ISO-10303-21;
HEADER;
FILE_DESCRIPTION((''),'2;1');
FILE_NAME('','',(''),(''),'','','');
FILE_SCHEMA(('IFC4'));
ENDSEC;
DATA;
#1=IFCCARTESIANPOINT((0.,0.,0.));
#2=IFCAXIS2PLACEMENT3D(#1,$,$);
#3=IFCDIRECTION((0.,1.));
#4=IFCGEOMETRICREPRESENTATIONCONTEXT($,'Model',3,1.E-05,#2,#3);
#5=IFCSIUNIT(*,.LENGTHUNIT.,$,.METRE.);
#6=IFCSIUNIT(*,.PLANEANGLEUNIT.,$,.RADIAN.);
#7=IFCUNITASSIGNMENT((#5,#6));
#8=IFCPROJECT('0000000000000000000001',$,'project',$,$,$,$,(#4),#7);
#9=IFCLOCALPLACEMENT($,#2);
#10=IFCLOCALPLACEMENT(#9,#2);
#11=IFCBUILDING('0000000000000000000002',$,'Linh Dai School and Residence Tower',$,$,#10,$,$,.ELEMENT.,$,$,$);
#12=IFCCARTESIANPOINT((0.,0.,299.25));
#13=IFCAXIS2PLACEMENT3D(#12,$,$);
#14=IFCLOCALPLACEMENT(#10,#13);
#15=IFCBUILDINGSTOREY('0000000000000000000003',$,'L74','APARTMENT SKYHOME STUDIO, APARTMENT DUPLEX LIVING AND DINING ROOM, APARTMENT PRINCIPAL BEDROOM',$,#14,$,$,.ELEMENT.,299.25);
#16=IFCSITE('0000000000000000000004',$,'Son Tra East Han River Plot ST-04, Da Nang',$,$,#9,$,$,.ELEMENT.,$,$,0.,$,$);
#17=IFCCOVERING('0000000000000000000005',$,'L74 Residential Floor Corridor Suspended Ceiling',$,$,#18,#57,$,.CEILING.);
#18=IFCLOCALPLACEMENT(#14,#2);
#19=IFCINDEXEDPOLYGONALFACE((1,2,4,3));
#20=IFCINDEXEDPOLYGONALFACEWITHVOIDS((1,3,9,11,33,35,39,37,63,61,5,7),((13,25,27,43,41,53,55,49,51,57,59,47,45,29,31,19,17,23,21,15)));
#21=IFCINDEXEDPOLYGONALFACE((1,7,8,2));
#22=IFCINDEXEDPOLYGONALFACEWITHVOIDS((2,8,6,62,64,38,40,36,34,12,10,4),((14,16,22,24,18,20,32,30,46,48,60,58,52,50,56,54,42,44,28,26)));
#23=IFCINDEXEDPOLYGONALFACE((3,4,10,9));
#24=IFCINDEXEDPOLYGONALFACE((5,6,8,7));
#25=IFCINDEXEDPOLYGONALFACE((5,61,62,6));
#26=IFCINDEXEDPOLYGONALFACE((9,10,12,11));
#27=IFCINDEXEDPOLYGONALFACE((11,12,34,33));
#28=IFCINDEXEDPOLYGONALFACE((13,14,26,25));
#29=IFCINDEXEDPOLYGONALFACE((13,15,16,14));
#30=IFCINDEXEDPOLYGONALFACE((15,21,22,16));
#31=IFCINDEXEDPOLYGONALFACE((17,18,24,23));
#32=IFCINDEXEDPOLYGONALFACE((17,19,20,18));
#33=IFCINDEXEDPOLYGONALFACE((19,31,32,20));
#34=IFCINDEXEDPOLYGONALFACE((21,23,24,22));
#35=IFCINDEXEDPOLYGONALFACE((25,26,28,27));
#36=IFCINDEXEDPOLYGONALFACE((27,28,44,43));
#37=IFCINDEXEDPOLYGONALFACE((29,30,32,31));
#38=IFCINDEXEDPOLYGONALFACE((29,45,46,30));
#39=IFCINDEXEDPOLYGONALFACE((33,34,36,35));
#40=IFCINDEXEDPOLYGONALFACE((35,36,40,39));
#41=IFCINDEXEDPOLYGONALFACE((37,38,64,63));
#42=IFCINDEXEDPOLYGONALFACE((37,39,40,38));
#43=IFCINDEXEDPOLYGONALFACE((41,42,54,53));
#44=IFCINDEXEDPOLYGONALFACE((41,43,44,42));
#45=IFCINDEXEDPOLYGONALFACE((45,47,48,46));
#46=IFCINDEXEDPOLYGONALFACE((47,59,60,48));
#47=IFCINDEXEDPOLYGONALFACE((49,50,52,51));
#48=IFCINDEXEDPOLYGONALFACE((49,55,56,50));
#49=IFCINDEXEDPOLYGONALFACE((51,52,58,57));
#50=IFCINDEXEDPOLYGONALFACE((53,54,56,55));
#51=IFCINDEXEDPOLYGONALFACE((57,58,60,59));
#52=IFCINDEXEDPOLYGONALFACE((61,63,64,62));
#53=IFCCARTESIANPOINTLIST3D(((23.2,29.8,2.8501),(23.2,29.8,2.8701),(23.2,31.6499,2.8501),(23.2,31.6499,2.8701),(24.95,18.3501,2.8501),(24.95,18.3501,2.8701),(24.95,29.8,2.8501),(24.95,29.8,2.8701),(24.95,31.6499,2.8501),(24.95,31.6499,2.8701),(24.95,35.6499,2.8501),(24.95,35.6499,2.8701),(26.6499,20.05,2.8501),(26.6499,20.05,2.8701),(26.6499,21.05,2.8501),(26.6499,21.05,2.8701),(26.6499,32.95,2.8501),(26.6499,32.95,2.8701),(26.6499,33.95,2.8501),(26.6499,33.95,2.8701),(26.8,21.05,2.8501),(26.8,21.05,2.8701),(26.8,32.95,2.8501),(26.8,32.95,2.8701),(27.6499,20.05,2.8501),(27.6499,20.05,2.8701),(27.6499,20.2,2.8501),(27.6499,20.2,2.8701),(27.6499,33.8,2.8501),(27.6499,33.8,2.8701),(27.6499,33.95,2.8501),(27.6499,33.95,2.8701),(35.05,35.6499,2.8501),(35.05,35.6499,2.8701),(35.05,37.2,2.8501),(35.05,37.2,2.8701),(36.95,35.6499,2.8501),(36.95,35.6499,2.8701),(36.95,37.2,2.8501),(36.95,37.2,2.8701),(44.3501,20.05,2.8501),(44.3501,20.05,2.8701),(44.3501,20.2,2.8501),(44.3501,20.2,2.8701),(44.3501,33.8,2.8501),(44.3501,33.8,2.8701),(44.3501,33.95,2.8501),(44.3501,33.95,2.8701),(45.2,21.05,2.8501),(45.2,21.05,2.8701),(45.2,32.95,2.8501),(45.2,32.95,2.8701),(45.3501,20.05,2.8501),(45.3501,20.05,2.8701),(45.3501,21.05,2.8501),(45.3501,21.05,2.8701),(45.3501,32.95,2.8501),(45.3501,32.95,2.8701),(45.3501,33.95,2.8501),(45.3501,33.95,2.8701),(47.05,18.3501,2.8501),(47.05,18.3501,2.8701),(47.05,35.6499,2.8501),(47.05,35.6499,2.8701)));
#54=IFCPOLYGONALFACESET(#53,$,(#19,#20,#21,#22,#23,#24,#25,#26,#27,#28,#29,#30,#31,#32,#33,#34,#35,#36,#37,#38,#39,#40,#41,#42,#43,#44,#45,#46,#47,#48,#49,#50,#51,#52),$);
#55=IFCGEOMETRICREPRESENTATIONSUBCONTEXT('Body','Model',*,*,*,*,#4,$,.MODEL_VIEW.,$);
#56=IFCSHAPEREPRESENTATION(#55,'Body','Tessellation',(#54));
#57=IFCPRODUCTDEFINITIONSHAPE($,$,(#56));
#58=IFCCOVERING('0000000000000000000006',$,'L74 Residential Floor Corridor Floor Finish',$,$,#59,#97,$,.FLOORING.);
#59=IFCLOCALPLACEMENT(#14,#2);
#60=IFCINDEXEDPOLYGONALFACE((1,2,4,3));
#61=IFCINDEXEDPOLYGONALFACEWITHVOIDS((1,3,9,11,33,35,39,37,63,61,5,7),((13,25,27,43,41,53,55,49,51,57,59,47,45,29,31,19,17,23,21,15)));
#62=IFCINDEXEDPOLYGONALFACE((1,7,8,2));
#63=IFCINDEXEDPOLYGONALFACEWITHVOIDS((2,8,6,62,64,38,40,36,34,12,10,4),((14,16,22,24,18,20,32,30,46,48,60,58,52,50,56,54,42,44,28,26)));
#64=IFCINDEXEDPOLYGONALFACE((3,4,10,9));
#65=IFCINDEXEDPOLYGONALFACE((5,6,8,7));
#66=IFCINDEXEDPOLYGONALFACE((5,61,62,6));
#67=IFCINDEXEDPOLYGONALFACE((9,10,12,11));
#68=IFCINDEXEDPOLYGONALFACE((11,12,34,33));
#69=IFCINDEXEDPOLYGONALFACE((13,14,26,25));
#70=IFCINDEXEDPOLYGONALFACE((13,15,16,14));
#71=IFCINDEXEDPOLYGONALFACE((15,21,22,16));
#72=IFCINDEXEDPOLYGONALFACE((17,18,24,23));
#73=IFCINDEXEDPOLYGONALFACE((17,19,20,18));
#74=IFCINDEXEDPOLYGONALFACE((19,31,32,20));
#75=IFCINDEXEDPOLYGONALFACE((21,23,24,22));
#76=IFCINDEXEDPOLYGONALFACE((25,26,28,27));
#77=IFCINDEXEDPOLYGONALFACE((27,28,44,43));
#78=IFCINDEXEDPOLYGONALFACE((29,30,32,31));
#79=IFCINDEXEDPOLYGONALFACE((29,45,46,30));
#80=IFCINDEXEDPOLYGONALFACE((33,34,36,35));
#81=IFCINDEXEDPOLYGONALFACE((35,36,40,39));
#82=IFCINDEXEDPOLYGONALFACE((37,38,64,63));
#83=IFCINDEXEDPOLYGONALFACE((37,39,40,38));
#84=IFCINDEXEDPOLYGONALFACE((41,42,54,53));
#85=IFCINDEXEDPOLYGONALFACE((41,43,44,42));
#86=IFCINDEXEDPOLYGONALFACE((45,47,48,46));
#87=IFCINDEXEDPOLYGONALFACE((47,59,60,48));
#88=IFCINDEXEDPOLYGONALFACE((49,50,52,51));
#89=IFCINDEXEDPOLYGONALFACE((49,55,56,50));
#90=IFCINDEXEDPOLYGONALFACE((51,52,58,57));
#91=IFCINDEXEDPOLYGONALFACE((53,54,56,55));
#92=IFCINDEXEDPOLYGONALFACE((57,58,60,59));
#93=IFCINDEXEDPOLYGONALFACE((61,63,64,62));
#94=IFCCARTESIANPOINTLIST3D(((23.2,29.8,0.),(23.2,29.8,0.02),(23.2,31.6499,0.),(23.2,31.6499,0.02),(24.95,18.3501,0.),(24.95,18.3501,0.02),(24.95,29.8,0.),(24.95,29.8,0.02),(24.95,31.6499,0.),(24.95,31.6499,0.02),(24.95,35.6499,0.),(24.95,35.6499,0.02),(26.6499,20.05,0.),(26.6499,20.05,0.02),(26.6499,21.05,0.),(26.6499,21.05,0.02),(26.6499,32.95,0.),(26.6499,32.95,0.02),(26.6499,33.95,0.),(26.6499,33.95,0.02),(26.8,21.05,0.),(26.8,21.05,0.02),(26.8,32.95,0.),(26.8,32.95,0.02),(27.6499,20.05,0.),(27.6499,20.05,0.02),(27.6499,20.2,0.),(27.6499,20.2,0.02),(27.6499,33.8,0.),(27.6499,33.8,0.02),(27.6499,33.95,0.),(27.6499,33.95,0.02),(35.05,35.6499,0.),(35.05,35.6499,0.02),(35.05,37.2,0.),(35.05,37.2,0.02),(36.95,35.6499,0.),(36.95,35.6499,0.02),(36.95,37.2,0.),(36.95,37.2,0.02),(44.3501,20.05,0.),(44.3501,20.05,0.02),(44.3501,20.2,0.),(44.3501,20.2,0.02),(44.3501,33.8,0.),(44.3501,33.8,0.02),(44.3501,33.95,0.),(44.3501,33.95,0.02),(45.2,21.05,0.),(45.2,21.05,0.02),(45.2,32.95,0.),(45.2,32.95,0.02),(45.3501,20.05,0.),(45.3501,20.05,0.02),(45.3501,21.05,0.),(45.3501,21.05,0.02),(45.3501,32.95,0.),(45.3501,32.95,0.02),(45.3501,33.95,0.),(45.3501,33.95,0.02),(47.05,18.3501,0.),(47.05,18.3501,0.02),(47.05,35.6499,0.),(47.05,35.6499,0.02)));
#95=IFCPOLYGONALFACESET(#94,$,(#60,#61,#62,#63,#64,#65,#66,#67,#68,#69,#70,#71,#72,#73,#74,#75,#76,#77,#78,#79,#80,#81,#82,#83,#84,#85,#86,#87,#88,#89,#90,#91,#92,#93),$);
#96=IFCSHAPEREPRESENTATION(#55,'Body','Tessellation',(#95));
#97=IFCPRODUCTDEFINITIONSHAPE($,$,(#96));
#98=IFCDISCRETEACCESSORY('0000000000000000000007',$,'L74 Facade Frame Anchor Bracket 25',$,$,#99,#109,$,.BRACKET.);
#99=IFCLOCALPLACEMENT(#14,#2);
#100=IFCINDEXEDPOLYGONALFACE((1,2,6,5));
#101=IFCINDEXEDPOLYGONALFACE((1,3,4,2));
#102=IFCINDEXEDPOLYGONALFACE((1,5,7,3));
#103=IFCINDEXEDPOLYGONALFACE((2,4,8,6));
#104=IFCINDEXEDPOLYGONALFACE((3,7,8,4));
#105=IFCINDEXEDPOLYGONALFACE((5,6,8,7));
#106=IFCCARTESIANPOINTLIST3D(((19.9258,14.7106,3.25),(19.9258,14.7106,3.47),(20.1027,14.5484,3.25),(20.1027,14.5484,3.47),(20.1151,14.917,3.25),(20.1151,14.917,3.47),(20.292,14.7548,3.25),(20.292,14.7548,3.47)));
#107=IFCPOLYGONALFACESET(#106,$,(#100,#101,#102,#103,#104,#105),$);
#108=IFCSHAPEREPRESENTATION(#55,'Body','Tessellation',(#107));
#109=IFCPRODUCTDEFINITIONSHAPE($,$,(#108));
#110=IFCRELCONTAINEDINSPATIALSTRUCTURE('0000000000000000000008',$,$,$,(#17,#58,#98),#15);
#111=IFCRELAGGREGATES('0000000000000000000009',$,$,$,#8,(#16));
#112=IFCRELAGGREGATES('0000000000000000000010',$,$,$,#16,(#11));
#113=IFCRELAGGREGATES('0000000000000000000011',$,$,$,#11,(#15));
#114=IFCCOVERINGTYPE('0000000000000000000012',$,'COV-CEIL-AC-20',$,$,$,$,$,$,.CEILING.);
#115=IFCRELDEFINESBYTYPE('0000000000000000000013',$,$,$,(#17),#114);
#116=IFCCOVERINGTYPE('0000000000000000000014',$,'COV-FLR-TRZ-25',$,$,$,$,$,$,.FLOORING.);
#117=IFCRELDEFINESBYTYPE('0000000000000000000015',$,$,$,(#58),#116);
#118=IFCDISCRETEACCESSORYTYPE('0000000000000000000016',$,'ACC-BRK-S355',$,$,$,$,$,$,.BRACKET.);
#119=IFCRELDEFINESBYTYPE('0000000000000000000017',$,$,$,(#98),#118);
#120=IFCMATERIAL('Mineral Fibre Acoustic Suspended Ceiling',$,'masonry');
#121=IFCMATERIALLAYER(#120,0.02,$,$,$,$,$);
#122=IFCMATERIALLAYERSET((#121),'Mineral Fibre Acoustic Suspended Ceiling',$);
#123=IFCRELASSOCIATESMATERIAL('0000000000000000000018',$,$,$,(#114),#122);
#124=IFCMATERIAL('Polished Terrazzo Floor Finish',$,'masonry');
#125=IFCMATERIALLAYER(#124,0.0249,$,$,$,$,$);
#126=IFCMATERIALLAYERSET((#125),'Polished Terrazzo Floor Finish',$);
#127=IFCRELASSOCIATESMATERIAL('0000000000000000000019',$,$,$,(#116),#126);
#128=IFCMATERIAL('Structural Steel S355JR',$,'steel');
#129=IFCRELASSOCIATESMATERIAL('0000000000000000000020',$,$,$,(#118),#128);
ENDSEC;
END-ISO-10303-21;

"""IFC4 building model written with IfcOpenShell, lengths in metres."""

from ifc_helpers import new_model, si_unit, direction, frame, origin, origin_2d, place, context, subcontext, project, spatial, polyline, rectangle, outline, extrude, source, transform, mapped, material, layer, layer_set, type_object, element, save


model = new_model("IFC4")

# Units and contexts
model_context = context("Model", 3, precision=1e-05, world=origin(), true_north=direction((0.0, 1.0)))
body_context = subcontext(model_context, "Body", "Model", "MODEL_VIEW")
ifc_project = project(units=[si_unit("LENGTHUNIT", "METRE"), si_unit("PLANEANGLEUNIT", "RADIAN")], contexts=[model_context])

# Site, building, storey
site_placement = place(None, origin())
site = spatial("IfcSite", under=ifc_project, at=site_placement, Name="Son Tra East Han River Plot ST-04, Da Nang", CompositionType="ELEMENT", RefElevation=0.0)
building_placement = place(site_placement, origin())
building = spatial("IfcBuilding", under=site, at=building_placement, Name="Linh Dai School and Residence Tower", CompositionType="ELEMENT")
storey_placement = place(building_placement, frame((0.0, 0.0, 299.25)))
storey = spatial("IfcBuildingStorey", under=building, at=storey_placement, Name="L74", Description="APARTMENT SKYHOME STUDIO, APARTMENT DUPLEX LIVING AND DINING ROOM, APARTMENT PRINCIPAL BEDROOM", CompositionType="ELEMENT", Elevation=299.25)

# Shared definitions
ifc_material_1 = material(Name="Structural Steel S355JR", Category="steel")

# Coverings
ifc_material_2 = material(Name="Mineral Fibre Acoustic Suspended Ceiling", Category="masonry")
ifc_layer_1 = layer(ifc_material_2, 0.02)
ifc_layer_set_1 = layer_set([ifc_layer_1], Name="Mineral Fibre Acoustic Suspended Ceiling")
covering_type_1 = type_object("IfcCoveringType", Name="COV-CEIL-AC-20", PredefinedType="CEILING", material=ifc_layer_set_1)
covering_1_placement = place(storey_placement, frame((0.0, 0.0, 2.8501)))
element("IfcCovering", 1, at=covering_1_placement, inside=storey, type_object=covering_type_1, Name="L74 Residential Floor Corridor Suspended Ceiling", PredefinedType="CEILING", context=body_context, shape_type="SweptSolid", body=[
    extrude(outline(polyline([(23.2, 31.6499), (24.95, 31.6499), (24.95, 35.6499), (35.05, 35.6499), (35.05, 37.2), (36.95, 37.2), (36.95, 35.6499), (47.05, 35.6499), (47.05, 18.3501), (24.95, 18.3501), (24.95, 29.8), (23.2, 29.8), (23.2, 31.6499)]), holes=[polyline([(27.6499, 33.8), (27.6499, 33.95), (26.6499, 33.95), (26.6499, 32.95), (26.8, 32.95), (26.8, 21.05), (26.6499, 21.05), (26.6499, 20.05), (27.6499, 20.05), (27.6499, 20.2), (44.3501, 20.2), (44.3501, 20.05), (45.3501, 20.05), (45.3501, 21.05), (45.2, 21.05), (45.2, 32.95), (45.3501, 32.95), (45.3501, 33.95), (44.3501, 33.95), (44.3501, 33.8), (27.6499, 33.8)])]), origin(), (0.0, 0.0, 1.0), 0.02),
])
ifc_material_3 = material(Name="Polished Terrazzo Floor Finish", Category="masonry")
ifc_layer_2 = layer(ifc_material_3, 0.0249)
ifc_layer_set_2 = layer_set([ifc_layer_2], Name="Polished Terrazzo Floor Finish")
covering_type_2 = type_object("IfcCoveringType", Name="COV-FLR-TRZ-25", PredefinedType="FLOORING", material=ifc_layer_set_2)
covering_2_placement = place(storey_placement, origin())
element("IfcCovering", 2, at=covering_2_placement, inside=storey, type_object=covering_type_2, Name="L74 Residential Floor Corridor Floor Finish", PredefinedType="FLOORING", context=body_context, shape_type="SweptSolid", body=[
    extrude(outline(polyline([(23.2, 31.6499), (24.95, 31.6499), (24.95, 35.6499), (35.05, 35.6499), (35.05, 37.2), (36.95, 37.2), (36.95, 35.6499), (47.05, 35.6499), (47.05, 18.3501), (24.95, 18.3501), (24.95, 29.8), (23.2, 29.8), (23.2, 31.6499)]), holes=[polyline([(27.6499, 33.8), (27.6499, 33.95), (26.6499, 33.95), (26.6499, 32.95), (26.8, 32.95), (26.8, 21.05), (26.6499, 21.05), (26.6499, 20.05), (27.6499, 20.05), (27.6499, 20.2), (44.3501, 20.2), (44.3501, 20.05), (45.3501, 20.05), (45.3501, 21.05), (45.2, 21.05), (45.2, 32.95), (45.3501, 32.95), (45.3501, 33.95), (44.3501, 33.95), (44.3501, 33.8), (27.6499, 33.8)])]), origin(), (0.0, 0.0, 1.0), 0.02),
])

# Discrete accessory
discrete_accessory_type = type_object("IfcDiscreteAccessoryType", Name="ACC-BRK-S355", PredefinedType="BRACKET", material=ifc_material_1)
shared_shape_1 = source(origin(), body_context, "Body", "SweptSolid", [
    extrude(rectangle(XDim=0.28, YDim=0.24, at=origin_2d()), origin(), (0.0, 0.0, 1.0), 0.22),
])
discrete_accessory_placement = place(storey_placement, frame((20.1089, 14.7327, 3.25), z_axis=(0.0, 0.0, 1.0), x_axis=(-0.675779, -0.737104, 0.0)))
element("IfcDiscreteAccessory", 3, at=discrete_accessory_placement, inside=storey, type_object=discrete_accessory_type, Name="L74 Facade Frame Anchor Bracket 25", PredefinedType="BRACKET", context=body_context, shape_type="MappedRepresentation", body=[
    mapped(shared_shape_1, transform((0.0, 0.0, 0.0), x_axis=(1.0, 0.0, 0.0), y_axis=(0.0, 1.0, 0.0), z_axis=(0.0, 0.0, 1.0), scale=1.0)),
])

save(model, "model.ifc")
